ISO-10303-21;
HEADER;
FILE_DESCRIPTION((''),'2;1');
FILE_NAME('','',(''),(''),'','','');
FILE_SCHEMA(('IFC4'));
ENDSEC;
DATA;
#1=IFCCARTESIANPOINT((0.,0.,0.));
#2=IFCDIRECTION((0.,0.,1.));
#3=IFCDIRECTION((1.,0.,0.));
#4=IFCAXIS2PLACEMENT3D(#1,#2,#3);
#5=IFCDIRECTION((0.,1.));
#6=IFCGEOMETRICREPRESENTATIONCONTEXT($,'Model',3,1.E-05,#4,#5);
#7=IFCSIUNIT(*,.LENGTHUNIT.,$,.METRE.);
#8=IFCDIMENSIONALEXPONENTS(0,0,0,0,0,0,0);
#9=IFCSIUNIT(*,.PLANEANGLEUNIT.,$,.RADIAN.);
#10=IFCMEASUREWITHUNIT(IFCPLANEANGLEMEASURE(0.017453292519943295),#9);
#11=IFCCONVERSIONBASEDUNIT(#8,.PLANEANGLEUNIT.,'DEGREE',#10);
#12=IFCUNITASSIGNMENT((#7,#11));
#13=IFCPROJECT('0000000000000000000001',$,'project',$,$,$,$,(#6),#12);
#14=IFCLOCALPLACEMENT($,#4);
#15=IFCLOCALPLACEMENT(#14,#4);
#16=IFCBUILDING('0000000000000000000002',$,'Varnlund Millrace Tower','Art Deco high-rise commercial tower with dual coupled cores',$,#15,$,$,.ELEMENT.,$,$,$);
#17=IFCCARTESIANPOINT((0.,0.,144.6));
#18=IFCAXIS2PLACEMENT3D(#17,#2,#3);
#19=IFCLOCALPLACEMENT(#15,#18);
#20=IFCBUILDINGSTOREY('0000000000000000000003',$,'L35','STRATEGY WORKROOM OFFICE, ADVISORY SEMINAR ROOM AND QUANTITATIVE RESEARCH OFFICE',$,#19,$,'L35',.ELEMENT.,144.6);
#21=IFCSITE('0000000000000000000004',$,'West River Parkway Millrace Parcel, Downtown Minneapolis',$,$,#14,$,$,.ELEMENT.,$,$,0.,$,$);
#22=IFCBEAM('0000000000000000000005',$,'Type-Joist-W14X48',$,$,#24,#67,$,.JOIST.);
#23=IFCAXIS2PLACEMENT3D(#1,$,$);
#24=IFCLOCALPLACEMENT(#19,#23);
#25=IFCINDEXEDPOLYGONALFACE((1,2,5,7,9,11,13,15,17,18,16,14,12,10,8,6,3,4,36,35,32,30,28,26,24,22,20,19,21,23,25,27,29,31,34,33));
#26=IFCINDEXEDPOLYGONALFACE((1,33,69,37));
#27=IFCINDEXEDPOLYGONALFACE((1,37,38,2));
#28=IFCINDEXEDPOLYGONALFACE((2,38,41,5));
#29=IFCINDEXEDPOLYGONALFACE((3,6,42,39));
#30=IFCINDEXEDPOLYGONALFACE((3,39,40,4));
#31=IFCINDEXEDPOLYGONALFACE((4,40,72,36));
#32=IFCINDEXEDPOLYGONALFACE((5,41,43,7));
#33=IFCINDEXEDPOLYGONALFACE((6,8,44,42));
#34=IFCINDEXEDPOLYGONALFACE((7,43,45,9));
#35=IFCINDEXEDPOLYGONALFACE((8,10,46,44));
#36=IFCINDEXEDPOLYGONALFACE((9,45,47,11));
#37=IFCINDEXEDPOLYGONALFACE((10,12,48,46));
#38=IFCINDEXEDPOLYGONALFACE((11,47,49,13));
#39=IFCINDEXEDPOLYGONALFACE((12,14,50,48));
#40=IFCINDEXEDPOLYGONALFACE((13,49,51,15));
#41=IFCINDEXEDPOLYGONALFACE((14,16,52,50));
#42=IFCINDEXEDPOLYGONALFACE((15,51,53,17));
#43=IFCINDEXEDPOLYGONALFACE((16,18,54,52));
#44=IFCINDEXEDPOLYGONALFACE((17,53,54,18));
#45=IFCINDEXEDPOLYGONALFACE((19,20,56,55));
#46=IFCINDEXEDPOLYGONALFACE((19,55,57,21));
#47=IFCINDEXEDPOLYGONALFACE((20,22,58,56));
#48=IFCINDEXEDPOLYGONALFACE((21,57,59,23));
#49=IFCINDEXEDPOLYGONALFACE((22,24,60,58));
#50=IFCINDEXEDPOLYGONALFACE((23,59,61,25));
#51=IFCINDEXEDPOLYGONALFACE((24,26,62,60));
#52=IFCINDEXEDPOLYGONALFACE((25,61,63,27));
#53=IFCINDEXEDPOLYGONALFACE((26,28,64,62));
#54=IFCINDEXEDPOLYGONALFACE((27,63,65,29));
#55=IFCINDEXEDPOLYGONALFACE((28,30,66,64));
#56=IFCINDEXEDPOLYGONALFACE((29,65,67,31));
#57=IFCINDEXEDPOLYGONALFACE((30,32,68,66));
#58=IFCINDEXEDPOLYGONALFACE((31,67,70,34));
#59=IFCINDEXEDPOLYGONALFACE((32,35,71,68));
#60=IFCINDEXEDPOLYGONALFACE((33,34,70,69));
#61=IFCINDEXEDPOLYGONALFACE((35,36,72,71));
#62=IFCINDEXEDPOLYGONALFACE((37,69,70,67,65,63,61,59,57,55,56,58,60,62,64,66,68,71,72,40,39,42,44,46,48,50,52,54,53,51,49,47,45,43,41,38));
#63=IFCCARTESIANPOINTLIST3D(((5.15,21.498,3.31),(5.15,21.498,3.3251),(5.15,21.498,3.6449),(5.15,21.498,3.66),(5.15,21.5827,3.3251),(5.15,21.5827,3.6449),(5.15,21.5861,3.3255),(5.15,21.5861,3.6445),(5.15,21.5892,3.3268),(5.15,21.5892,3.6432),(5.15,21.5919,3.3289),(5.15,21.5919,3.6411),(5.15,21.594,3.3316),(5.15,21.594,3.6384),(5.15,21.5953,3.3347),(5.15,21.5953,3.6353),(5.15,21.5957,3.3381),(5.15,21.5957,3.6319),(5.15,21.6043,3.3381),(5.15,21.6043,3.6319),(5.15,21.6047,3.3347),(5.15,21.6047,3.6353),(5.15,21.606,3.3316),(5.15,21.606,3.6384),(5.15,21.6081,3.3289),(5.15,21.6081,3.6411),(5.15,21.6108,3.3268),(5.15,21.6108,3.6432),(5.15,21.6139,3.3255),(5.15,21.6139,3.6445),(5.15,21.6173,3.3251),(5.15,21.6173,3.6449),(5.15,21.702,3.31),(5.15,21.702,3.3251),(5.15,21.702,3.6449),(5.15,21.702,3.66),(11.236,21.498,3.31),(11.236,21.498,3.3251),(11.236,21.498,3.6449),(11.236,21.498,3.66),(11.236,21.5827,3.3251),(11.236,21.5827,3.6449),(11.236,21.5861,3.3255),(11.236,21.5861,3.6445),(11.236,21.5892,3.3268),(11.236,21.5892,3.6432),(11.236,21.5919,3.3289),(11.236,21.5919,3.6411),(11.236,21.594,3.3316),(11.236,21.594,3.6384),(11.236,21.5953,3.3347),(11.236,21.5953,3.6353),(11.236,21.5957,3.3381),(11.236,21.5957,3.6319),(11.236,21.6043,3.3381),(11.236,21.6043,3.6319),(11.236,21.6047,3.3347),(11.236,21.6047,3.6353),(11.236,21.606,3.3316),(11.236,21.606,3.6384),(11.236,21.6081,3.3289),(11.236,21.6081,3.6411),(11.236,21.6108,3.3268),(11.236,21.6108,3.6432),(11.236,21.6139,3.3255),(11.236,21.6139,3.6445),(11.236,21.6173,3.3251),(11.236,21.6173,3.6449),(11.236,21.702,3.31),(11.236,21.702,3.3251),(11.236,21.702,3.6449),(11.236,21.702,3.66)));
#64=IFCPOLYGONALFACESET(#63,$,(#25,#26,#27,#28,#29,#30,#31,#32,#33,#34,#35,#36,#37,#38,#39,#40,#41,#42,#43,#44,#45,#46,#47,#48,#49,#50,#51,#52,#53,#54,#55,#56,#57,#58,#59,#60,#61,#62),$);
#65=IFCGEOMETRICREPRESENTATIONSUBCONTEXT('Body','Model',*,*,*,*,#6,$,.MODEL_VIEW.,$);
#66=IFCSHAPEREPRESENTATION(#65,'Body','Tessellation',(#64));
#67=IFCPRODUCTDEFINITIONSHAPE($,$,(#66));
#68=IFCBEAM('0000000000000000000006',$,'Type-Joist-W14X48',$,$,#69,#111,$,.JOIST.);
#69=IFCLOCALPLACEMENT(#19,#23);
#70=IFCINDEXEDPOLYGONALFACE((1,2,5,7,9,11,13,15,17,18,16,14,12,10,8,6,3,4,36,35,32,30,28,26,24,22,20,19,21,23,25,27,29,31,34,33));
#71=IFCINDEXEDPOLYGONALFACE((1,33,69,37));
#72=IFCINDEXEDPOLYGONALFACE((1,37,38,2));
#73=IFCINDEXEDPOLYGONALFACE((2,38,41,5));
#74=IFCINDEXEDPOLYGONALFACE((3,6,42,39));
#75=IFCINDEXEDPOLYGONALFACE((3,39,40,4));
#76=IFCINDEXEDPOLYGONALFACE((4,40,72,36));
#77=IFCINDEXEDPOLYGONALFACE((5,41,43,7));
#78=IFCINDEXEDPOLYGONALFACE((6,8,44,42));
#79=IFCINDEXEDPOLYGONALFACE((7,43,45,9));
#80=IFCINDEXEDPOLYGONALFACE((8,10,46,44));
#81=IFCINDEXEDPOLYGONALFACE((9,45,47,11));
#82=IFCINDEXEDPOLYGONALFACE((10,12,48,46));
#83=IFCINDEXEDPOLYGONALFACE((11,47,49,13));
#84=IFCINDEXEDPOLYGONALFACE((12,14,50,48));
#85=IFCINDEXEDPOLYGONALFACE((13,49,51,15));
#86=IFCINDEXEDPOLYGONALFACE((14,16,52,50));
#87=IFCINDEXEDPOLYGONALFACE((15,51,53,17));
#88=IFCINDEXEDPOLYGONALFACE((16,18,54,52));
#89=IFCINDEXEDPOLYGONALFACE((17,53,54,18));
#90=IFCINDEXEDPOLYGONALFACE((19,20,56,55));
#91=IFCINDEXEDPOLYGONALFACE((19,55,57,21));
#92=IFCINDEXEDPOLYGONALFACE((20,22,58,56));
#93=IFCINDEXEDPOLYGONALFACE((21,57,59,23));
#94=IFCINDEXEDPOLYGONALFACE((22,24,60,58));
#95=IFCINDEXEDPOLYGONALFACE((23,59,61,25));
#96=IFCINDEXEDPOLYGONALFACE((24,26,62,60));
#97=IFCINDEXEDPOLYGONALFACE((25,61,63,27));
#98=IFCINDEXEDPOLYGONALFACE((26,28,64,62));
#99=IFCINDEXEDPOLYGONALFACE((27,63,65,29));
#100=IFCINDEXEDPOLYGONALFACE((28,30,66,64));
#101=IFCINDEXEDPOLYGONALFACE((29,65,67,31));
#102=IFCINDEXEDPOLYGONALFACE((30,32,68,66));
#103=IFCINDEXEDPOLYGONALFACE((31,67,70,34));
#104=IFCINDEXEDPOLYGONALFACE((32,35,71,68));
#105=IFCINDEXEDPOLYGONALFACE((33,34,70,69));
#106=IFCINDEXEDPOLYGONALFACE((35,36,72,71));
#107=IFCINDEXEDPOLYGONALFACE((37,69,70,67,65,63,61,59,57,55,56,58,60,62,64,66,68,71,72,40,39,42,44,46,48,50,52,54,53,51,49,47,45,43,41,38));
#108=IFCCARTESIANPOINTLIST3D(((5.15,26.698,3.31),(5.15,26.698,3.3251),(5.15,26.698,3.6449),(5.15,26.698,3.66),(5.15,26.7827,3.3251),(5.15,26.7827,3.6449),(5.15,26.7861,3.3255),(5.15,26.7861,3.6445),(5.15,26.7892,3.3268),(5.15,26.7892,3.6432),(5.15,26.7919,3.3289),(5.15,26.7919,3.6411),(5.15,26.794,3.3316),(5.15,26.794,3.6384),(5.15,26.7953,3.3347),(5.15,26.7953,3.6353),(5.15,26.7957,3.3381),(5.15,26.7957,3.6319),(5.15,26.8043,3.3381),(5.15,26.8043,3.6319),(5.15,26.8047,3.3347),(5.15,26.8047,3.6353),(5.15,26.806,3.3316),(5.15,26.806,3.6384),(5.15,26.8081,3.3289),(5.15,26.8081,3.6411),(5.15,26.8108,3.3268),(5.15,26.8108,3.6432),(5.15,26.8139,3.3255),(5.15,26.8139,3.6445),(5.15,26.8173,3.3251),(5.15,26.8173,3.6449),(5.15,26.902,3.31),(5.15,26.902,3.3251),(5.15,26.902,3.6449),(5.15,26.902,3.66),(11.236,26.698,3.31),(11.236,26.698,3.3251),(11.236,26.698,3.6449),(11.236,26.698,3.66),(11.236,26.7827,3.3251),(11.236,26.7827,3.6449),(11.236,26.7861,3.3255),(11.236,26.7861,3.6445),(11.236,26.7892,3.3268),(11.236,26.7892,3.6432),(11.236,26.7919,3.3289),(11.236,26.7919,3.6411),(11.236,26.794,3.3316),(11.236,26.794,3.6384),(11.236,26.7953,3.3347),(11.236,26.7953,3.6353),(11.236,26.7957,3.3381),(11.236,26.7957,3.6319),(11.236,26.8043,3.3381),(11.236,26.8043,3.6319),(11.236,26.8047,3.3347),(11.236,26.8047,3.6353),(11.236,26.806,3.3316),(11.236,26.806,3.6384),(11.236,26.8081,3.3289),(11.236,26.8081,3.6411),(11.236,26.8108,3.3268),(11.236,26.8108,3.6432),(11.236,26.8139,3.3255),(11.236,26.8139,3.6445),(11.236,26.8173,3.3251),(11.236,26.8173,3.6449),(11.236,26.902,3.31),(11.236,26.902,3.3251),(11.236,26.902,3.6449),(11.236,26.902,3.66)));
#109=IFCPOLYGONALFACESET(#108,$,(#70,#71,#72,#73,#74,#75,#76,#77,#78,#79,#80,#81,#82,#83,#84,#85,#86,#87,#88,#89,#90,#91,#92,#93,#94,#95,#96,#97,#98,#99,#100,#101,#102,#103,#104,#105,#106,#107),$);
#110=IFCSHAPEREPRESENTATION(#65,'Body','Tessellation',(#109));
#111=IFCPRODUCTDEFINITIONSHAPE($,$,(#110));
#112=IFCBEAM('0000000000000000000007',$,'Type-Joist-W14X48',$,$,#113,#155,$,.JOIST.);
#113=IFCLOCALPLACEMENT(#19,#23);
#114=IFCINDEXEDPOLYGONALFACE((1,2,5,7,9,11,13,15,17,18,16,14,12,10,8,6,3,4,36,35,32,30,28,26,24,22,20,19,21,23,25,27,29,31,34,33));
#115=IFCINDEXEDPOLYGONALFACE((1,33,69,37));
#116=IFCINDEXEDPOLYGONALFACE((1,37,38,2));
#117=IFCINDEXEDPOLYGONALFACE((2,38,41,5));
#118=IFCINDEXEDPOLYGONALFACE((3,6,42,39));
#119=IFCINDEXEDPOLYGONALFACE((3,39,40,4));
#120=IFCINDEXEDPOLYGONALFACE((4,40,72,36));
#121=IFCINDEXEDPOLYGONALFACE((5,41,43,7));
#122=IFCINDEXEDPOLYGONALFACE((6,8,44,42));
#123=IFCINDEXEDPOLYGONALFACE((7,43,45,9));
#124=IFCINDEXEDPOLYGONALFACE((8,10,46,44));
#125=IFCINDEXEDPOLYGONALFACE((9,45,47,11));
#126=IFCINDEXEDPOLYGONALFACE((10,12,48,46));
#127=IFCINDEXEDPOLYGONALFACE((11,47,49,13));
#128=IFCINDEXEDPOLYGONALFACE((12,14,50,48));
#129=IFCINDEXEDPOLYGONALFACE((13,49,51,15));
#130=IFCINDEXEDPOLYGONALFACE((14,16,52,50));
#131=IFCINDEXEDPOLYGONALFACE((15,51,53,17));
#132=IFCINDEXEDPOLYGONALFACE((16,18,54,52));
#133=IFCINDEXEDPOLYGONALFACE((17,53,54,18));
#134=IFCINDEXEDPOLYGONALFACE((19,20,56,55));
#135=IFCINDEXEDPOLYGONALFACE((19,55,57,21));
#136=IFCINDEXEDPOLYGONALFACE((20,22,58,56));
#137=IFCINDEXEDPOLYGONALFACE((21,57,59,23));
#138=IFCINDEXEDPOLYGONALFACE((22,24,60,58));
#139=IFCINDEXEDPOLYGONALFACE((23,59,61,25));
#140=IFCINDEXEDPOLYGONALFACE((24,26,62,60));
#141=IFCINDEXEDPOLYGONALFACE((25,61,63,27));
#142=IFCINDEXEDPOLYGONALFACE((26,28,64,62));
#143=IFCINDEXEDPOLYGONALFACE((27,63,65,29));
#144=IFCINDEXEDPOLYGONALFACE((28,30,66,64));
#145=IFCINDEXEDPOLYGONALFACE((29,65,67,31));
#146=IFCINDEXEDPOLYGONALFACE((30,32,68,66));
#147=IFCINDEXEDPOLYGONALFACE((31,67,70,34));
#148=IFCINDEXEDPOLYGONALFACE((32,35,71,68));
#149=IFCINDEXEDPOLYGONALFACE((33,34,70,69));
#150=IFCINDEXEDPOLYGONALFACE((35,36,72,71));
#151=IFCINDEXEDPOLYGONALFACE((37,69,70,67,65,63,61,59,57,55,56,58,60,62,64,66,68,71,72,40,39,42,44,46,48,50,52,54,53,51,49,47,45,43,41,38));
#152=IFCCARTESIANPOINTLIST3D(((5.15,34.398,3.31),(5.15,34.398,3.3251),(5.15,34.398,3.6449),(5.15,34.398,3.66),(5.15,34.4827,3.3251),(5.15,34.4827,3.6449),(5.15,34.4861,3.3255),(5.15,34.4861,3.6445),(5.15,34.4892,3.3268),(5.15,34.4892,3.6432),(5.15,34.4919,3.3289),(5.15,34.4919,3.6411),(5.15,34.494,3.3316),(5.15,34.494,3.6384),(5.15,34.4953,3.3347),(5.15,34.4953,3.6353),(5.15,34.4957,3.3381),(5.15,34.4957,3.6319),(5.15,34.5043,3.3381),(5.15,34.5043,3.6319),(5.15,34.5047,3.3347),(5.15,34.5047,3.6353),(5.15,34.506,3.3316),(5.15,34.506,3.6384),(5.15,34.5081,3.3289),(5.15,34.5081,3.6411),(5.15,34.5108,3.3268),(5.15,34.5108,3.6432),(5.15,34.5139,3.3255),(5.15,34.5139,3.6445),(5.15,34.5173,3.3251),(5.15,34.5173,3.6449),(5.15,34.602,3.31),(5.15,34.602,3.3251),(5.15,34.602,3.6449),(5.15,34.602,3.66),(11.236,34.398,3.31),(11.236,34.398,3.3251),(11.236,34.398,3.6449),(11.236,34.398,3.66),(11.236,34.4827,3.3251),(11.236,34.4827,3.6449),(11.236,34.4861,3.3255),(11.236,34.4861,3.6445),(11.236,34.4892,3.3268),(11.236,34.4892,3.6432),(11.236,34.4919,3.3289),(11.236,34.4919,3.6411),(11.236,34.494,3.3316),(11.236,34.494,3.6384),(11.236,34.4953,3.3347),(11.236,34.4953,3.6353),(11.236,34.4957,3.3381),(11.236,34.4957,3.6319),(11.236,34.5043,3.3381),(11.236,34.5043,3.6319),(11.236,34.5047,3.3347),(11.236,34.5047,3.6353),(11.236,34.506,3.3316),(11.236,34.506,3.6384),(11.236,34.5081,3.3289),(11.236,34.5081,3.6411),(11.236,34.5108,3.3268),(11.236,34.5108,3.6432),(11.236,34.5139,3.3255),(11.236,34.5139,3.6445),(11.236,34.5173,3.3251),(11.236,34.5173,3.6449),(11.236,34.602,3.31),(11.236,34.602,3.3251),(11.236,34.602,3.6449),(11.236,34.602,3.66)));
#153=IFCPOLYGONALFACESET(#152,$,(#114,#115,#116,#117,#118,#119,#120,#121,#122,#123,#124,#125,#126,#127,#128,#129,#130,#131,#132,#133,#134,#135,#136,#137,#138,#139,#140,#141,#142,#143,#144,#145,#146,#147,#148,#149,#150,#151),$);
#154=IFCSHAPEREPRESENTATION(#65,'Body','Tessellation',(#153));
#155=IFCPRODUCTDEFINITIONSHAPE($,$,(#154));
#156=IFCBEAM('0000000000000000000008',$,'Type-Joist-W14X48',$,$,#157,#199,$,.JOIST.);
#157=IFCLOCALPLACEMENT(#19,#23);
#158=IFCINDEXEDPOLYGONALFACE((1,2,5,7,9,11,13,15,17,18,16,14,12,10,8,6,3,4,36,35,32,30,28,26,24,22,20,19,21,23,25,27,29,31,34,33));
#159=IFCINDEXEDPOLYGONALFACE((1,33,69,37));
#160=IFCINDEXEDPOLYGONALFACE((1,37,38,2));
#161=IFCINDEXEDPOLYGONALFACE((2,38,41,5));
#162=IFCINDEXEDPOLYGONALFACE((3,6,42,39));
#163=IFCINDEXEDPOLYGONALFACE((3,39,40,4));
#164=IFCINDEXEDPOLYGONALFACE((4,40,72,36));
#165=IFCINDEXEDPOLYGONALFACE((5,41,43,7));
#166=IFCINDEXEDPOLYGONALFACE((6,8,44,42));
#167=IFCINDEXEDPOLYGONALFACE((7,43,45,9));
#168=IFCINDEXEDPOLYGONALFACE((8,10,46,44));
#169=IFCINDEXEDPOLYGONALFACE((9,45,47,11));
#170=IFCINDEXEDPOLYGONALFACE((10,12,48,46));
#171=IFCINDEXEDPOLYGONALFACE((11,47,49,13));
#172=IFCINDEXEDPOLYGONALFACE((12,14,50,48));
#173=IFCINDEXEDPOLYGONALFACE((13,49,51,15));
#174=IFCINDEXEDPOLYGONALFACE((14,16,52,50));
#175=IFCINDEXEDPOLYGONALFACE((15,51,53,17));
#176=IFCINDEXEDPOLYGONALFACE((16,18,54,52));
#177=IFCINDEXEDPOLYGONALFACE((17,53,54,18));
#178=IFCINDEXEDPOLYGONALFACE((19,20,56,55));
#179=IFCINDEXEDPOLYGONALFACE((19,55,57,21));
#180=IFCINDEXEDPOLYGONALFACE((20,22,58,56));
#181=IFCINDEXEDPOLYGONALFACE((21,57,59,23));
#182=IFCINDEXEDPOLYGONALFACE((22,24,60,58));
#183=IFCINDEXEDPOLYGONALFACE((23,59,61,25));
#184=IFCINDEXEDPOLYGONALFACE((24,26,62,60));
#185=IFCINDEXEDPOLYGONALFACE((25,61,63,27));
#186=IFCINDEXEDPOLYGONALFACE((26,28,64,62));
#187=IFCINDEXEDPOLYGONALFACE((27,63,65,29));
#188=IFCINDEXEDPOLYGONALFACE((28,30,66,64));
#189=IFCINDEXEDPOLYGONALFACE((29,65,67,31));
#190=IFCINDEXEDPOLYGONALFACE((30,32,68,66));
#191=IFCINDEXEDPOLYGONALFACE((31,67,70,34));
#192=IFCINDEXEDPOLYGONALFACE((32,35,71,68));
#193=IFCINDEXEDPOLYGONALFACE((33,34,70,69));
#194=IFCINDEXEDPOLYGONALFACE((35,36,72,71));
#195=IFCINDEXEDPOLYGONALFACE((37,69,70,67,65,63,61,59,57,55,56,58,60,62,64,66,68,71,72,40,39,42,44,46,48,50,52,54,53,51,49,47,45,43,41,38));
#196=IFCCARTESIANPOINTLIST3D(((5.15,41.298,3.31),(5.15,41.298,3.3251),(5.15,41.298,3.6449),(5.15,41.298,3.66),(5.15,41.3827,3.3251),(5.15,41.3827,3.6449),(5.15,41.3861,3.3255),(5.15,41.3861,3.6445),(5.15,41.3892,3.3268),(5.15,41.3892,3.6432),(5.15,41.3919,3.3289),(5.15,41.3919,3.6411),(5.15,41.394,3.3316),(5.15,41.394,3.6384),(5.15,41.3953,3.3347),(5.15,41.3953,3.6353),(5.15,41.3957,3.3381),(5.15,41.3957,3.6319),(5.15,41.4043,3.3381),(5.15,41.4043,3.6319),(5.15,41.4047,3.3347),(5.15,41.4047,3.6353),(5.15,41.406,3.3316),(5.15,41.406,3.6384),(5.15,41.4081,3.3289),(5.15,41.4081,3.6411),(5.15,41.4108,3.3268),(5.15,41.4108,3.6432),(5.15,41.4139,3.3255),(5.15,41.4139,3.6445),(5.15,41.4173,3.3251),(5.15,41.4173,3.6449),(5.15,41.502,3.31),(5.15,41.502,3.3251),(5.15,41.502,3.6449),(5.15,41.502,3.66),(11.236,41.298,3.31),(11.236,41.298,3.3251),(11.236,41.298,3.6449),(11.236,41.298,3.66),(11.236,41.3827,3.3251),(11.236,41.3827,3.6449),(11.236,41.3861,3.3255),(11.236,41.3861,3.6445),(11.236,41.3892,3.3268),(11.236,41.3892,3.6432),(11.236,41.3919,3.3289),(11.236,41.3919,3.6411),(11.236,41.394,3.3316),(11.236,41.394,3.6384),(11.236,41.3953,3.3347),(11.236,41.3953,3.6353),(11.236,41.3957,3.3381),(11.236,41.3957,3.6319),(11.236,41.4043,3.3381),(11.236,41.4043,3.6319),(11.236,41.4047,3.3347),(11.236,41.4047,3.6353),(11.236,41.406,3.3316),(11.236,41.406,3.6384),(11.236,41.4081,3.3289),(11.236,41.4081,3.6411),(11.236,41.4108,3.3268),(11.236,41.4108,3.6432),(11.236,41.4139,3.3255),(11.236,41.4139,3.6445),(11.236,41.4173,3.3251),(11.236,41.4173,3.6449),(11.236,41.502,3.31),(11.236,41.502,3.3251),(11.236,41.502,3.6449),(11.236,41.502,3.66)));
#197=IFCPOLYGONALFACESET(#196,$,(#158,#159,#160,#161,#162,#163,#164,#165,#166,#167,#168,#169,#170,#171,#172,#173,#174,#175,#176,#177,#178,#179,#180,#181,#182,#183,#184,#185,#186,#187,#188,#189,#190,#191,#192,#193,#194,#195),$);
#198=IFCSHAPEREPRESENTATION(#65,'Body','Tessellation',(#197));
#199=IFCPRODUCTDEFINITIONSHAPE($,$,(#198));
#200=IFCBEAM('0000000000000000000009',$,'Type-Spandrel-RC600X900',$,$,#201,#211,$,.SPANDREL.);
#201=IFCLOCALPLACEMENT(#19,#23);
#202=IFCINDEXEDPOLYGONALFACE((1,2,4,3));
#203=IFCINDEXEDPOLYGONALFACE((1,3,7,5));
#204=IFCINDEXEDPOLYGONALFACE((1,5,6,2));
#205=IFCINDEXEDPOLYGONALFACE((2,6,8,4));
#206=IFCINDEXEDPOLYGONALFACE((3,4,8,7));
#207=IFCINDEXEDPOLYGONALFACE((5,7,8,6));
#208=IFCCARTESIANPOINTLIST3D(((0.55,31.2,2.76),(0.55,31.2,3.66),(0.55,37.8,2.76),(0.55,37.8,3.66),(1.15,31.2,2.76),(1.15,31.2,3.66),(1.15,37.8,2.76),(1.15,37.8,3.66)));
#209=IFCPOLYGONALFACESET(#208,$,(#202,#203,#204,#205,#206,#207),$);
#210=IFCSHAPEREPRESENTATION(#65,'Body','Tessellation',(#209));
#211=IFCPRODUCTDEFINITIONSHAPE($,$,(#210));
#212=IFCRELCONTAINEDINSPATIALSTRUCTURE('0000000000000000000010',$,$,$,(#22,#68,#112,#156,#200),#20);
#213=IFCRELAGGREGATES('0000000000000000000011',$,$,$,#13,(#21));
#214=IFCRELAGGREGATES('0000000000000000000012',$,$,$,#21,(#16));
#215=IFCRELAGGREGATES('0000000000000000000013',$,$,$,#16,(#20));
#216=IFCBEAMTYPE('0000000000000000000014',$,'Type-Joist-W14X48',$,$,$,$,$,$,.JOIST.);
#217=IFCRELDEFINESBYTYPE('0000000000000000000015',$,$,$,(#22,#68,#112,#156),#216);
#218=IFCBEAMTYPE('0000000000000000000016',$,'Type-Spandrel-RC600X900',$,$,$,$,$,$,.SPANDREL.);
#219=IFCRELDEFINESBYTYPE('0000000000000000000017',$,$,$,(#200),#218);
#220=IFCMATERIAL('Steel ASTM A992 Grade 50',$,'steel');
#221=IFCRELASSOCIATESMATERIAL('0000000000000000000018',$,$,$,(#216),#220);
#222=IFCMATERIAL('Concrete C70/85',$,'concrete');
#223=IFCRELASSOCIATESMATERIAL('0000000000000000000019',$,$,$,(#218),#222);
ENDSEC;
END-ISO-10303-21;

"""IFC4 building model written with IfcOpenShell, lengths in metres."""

from ifc_helpers import new_model, entity, si_unit, converted_unit, direction, frame, origin_with_axes, origin_2d_with_axis, place, context, subcontext, project, spatial, rectangle, i_section, extrude, material, material_profile, profile_set, type_object, element, save


model = new_model("IFC4")

# Units and contexts
model_context = context("Model", 3, precision=1e-05, world=origin_with_axes(), true_north=direction((0.0, 1.0)))
body_context = subcontext(model_context, "Body", "Model", "MODEL_VIEW")
ifc_project = project(units=[si_unit("LENGTHUNIT", "METRE"), converted_unit("PLANEANGLEUNIT", "DEGREE", entity("IfcPlaneAngleMeasure", 0.017453292519943295), si_unit("PLANEANGLEUNIT", "RADIAN"), dimensions=[0, 0, 0, 0, 0, 0, 0])], contexts=[model_context])

# Site, building, storey
site_placement = place(None, origin_with_axes())
site = spatial("IfcSite", under=ifc_project, at=site_placement, Name="West River Parkway Millrace Parcel, Downtown Minneapolis", CompositionType="ELEMENT", RefElevation=0.0)
building_placement = place(site_placement, origin_with_axes())
building = spatial("IfcBuilding", under=site, at=building_placement, Name="Varnlund Millrace Tower", Description="Art Deco high-rise commercial tower with dual coupled cores", CompositionType="ELEMENT")
storey_placement = place(building_placement, frame((0.0, 0.0, 144.6), z_axis=(0.0, 0.0, 1.0), x_axis=(1.0, 0.0, 0.0)))
storey = spatial("IfcBuildingStorey", under=building, at=storey_placement, Name="L35", Description="STRATEGY WORKROOM OFFICE, ADVISORY SEMINAR ROOM AND QUANTITATIVE RESEARCH OFFICE", LongName="L35", CompositionType="ELEMENT", Elevation=144.6)

# Beams
ifc_material_1 = material(Name="Steel ASTM A992 Grade 50", Category="steel")
ifc_material_profile_1 = material_profile(ifc_material_1, i_section(OverallWidth=0.204, OverallDepth=0.35, WebThickness=0.0086, FlangeThickness=0.0151, FilletRadius=0.013, at=origin_2d_with_axis()), Name="Steel ASTM A992 Grade 50")
ifc_profile_set_1 = profile_set([ifc_material_profile_1], Name="Steel ASTM A992 Grade 50")
beam_type_1 = type_object("IfcBeamType", Name="Type-Joist-W14X48", PredefinedType="JOIST", material=ifc_profile_set_1)
for number, where, z_axis, x_axis, name in (
    (1, (5.15, 21.6, 3.485), (1.0, 0.0, 0.0), (0.0, 1.0, 0.0), "Type-Joist-W14X48"),
    (2, (5.15, 26.8, 3.485), (1.0, 0.0, 0.0), (0.0, 1.0, 0.0), "Type-Joist-W14X48"),
    (3, (5.15, 34.5, 3.485), (1.0, 0.0, 0.0), (0.0, 1.0, 0.0), "Type-Joist-W14X48"),
    (4, (5.15, 41.4, 3.485), (1.0, 0.0, 0.0), (0.0, 1.0, 0.0), "Type-Joist-W14X48"),
):
    element("IfcBeam", number, at=place(storey_placement, frame(where, z_axis=z_axis, x_axis=x_axis)), inside=storey, type_object=beam_type_1, Name=name, PredefinedType="JOIST", context=body_context, shape_type="SweptSolid", body=[
        extrude(i_section(OverallWidth=0.204, OverallDepth=0.35, WebThickness=0.0086, FlangeThickness=0.0151, FilletRadius=0.013, at=origin_2d_with_axis()), origin_with_axes(), (0.0, 0.0, 1.0), 6.086),
    ])
ifc_material_2 = material(Name="Concrete C70/85", Category="concrete")
ifc_material_profile_2 = material_profile(ifc_material_2, rectangle(XDim=0.6, YDim=0.9, at=origin_2d_with_axis()), Name="Concrete C70/85")
ifc_profile_set_2 = profile_set([ifc_material_profile_2], Name="Concrete C70/85")
beam_type_2 = type_object("IfcBeamType", Name="Type-Spandrel-RC600X900", PredefinedType="SPANDREL", material=ifc_profile_set_2)
beam_1_placement = place(storey_placement, frame((0.85, 31.2, 3.21), z_axis=(0.0, 1.0, 0.0), x_axis=(-1.0, 0.0, 0.0)))
element("IfcBeam", 5, at=beam_1_placement, inside=storey, type_object=beam_type_2, Name="Type-Spandrel-RC600X900", PredefinedType="SPANDREL", context=body_context, shape_type="SweptSolid", body=[
    extrude(rectangle(XDim=0.6, YDim=0.9, at=origin_2d_with_axis()), origin_with_axes(), (0.0, 0.0, 1.0), 6.6),
])

save(model, "model.ifc")
